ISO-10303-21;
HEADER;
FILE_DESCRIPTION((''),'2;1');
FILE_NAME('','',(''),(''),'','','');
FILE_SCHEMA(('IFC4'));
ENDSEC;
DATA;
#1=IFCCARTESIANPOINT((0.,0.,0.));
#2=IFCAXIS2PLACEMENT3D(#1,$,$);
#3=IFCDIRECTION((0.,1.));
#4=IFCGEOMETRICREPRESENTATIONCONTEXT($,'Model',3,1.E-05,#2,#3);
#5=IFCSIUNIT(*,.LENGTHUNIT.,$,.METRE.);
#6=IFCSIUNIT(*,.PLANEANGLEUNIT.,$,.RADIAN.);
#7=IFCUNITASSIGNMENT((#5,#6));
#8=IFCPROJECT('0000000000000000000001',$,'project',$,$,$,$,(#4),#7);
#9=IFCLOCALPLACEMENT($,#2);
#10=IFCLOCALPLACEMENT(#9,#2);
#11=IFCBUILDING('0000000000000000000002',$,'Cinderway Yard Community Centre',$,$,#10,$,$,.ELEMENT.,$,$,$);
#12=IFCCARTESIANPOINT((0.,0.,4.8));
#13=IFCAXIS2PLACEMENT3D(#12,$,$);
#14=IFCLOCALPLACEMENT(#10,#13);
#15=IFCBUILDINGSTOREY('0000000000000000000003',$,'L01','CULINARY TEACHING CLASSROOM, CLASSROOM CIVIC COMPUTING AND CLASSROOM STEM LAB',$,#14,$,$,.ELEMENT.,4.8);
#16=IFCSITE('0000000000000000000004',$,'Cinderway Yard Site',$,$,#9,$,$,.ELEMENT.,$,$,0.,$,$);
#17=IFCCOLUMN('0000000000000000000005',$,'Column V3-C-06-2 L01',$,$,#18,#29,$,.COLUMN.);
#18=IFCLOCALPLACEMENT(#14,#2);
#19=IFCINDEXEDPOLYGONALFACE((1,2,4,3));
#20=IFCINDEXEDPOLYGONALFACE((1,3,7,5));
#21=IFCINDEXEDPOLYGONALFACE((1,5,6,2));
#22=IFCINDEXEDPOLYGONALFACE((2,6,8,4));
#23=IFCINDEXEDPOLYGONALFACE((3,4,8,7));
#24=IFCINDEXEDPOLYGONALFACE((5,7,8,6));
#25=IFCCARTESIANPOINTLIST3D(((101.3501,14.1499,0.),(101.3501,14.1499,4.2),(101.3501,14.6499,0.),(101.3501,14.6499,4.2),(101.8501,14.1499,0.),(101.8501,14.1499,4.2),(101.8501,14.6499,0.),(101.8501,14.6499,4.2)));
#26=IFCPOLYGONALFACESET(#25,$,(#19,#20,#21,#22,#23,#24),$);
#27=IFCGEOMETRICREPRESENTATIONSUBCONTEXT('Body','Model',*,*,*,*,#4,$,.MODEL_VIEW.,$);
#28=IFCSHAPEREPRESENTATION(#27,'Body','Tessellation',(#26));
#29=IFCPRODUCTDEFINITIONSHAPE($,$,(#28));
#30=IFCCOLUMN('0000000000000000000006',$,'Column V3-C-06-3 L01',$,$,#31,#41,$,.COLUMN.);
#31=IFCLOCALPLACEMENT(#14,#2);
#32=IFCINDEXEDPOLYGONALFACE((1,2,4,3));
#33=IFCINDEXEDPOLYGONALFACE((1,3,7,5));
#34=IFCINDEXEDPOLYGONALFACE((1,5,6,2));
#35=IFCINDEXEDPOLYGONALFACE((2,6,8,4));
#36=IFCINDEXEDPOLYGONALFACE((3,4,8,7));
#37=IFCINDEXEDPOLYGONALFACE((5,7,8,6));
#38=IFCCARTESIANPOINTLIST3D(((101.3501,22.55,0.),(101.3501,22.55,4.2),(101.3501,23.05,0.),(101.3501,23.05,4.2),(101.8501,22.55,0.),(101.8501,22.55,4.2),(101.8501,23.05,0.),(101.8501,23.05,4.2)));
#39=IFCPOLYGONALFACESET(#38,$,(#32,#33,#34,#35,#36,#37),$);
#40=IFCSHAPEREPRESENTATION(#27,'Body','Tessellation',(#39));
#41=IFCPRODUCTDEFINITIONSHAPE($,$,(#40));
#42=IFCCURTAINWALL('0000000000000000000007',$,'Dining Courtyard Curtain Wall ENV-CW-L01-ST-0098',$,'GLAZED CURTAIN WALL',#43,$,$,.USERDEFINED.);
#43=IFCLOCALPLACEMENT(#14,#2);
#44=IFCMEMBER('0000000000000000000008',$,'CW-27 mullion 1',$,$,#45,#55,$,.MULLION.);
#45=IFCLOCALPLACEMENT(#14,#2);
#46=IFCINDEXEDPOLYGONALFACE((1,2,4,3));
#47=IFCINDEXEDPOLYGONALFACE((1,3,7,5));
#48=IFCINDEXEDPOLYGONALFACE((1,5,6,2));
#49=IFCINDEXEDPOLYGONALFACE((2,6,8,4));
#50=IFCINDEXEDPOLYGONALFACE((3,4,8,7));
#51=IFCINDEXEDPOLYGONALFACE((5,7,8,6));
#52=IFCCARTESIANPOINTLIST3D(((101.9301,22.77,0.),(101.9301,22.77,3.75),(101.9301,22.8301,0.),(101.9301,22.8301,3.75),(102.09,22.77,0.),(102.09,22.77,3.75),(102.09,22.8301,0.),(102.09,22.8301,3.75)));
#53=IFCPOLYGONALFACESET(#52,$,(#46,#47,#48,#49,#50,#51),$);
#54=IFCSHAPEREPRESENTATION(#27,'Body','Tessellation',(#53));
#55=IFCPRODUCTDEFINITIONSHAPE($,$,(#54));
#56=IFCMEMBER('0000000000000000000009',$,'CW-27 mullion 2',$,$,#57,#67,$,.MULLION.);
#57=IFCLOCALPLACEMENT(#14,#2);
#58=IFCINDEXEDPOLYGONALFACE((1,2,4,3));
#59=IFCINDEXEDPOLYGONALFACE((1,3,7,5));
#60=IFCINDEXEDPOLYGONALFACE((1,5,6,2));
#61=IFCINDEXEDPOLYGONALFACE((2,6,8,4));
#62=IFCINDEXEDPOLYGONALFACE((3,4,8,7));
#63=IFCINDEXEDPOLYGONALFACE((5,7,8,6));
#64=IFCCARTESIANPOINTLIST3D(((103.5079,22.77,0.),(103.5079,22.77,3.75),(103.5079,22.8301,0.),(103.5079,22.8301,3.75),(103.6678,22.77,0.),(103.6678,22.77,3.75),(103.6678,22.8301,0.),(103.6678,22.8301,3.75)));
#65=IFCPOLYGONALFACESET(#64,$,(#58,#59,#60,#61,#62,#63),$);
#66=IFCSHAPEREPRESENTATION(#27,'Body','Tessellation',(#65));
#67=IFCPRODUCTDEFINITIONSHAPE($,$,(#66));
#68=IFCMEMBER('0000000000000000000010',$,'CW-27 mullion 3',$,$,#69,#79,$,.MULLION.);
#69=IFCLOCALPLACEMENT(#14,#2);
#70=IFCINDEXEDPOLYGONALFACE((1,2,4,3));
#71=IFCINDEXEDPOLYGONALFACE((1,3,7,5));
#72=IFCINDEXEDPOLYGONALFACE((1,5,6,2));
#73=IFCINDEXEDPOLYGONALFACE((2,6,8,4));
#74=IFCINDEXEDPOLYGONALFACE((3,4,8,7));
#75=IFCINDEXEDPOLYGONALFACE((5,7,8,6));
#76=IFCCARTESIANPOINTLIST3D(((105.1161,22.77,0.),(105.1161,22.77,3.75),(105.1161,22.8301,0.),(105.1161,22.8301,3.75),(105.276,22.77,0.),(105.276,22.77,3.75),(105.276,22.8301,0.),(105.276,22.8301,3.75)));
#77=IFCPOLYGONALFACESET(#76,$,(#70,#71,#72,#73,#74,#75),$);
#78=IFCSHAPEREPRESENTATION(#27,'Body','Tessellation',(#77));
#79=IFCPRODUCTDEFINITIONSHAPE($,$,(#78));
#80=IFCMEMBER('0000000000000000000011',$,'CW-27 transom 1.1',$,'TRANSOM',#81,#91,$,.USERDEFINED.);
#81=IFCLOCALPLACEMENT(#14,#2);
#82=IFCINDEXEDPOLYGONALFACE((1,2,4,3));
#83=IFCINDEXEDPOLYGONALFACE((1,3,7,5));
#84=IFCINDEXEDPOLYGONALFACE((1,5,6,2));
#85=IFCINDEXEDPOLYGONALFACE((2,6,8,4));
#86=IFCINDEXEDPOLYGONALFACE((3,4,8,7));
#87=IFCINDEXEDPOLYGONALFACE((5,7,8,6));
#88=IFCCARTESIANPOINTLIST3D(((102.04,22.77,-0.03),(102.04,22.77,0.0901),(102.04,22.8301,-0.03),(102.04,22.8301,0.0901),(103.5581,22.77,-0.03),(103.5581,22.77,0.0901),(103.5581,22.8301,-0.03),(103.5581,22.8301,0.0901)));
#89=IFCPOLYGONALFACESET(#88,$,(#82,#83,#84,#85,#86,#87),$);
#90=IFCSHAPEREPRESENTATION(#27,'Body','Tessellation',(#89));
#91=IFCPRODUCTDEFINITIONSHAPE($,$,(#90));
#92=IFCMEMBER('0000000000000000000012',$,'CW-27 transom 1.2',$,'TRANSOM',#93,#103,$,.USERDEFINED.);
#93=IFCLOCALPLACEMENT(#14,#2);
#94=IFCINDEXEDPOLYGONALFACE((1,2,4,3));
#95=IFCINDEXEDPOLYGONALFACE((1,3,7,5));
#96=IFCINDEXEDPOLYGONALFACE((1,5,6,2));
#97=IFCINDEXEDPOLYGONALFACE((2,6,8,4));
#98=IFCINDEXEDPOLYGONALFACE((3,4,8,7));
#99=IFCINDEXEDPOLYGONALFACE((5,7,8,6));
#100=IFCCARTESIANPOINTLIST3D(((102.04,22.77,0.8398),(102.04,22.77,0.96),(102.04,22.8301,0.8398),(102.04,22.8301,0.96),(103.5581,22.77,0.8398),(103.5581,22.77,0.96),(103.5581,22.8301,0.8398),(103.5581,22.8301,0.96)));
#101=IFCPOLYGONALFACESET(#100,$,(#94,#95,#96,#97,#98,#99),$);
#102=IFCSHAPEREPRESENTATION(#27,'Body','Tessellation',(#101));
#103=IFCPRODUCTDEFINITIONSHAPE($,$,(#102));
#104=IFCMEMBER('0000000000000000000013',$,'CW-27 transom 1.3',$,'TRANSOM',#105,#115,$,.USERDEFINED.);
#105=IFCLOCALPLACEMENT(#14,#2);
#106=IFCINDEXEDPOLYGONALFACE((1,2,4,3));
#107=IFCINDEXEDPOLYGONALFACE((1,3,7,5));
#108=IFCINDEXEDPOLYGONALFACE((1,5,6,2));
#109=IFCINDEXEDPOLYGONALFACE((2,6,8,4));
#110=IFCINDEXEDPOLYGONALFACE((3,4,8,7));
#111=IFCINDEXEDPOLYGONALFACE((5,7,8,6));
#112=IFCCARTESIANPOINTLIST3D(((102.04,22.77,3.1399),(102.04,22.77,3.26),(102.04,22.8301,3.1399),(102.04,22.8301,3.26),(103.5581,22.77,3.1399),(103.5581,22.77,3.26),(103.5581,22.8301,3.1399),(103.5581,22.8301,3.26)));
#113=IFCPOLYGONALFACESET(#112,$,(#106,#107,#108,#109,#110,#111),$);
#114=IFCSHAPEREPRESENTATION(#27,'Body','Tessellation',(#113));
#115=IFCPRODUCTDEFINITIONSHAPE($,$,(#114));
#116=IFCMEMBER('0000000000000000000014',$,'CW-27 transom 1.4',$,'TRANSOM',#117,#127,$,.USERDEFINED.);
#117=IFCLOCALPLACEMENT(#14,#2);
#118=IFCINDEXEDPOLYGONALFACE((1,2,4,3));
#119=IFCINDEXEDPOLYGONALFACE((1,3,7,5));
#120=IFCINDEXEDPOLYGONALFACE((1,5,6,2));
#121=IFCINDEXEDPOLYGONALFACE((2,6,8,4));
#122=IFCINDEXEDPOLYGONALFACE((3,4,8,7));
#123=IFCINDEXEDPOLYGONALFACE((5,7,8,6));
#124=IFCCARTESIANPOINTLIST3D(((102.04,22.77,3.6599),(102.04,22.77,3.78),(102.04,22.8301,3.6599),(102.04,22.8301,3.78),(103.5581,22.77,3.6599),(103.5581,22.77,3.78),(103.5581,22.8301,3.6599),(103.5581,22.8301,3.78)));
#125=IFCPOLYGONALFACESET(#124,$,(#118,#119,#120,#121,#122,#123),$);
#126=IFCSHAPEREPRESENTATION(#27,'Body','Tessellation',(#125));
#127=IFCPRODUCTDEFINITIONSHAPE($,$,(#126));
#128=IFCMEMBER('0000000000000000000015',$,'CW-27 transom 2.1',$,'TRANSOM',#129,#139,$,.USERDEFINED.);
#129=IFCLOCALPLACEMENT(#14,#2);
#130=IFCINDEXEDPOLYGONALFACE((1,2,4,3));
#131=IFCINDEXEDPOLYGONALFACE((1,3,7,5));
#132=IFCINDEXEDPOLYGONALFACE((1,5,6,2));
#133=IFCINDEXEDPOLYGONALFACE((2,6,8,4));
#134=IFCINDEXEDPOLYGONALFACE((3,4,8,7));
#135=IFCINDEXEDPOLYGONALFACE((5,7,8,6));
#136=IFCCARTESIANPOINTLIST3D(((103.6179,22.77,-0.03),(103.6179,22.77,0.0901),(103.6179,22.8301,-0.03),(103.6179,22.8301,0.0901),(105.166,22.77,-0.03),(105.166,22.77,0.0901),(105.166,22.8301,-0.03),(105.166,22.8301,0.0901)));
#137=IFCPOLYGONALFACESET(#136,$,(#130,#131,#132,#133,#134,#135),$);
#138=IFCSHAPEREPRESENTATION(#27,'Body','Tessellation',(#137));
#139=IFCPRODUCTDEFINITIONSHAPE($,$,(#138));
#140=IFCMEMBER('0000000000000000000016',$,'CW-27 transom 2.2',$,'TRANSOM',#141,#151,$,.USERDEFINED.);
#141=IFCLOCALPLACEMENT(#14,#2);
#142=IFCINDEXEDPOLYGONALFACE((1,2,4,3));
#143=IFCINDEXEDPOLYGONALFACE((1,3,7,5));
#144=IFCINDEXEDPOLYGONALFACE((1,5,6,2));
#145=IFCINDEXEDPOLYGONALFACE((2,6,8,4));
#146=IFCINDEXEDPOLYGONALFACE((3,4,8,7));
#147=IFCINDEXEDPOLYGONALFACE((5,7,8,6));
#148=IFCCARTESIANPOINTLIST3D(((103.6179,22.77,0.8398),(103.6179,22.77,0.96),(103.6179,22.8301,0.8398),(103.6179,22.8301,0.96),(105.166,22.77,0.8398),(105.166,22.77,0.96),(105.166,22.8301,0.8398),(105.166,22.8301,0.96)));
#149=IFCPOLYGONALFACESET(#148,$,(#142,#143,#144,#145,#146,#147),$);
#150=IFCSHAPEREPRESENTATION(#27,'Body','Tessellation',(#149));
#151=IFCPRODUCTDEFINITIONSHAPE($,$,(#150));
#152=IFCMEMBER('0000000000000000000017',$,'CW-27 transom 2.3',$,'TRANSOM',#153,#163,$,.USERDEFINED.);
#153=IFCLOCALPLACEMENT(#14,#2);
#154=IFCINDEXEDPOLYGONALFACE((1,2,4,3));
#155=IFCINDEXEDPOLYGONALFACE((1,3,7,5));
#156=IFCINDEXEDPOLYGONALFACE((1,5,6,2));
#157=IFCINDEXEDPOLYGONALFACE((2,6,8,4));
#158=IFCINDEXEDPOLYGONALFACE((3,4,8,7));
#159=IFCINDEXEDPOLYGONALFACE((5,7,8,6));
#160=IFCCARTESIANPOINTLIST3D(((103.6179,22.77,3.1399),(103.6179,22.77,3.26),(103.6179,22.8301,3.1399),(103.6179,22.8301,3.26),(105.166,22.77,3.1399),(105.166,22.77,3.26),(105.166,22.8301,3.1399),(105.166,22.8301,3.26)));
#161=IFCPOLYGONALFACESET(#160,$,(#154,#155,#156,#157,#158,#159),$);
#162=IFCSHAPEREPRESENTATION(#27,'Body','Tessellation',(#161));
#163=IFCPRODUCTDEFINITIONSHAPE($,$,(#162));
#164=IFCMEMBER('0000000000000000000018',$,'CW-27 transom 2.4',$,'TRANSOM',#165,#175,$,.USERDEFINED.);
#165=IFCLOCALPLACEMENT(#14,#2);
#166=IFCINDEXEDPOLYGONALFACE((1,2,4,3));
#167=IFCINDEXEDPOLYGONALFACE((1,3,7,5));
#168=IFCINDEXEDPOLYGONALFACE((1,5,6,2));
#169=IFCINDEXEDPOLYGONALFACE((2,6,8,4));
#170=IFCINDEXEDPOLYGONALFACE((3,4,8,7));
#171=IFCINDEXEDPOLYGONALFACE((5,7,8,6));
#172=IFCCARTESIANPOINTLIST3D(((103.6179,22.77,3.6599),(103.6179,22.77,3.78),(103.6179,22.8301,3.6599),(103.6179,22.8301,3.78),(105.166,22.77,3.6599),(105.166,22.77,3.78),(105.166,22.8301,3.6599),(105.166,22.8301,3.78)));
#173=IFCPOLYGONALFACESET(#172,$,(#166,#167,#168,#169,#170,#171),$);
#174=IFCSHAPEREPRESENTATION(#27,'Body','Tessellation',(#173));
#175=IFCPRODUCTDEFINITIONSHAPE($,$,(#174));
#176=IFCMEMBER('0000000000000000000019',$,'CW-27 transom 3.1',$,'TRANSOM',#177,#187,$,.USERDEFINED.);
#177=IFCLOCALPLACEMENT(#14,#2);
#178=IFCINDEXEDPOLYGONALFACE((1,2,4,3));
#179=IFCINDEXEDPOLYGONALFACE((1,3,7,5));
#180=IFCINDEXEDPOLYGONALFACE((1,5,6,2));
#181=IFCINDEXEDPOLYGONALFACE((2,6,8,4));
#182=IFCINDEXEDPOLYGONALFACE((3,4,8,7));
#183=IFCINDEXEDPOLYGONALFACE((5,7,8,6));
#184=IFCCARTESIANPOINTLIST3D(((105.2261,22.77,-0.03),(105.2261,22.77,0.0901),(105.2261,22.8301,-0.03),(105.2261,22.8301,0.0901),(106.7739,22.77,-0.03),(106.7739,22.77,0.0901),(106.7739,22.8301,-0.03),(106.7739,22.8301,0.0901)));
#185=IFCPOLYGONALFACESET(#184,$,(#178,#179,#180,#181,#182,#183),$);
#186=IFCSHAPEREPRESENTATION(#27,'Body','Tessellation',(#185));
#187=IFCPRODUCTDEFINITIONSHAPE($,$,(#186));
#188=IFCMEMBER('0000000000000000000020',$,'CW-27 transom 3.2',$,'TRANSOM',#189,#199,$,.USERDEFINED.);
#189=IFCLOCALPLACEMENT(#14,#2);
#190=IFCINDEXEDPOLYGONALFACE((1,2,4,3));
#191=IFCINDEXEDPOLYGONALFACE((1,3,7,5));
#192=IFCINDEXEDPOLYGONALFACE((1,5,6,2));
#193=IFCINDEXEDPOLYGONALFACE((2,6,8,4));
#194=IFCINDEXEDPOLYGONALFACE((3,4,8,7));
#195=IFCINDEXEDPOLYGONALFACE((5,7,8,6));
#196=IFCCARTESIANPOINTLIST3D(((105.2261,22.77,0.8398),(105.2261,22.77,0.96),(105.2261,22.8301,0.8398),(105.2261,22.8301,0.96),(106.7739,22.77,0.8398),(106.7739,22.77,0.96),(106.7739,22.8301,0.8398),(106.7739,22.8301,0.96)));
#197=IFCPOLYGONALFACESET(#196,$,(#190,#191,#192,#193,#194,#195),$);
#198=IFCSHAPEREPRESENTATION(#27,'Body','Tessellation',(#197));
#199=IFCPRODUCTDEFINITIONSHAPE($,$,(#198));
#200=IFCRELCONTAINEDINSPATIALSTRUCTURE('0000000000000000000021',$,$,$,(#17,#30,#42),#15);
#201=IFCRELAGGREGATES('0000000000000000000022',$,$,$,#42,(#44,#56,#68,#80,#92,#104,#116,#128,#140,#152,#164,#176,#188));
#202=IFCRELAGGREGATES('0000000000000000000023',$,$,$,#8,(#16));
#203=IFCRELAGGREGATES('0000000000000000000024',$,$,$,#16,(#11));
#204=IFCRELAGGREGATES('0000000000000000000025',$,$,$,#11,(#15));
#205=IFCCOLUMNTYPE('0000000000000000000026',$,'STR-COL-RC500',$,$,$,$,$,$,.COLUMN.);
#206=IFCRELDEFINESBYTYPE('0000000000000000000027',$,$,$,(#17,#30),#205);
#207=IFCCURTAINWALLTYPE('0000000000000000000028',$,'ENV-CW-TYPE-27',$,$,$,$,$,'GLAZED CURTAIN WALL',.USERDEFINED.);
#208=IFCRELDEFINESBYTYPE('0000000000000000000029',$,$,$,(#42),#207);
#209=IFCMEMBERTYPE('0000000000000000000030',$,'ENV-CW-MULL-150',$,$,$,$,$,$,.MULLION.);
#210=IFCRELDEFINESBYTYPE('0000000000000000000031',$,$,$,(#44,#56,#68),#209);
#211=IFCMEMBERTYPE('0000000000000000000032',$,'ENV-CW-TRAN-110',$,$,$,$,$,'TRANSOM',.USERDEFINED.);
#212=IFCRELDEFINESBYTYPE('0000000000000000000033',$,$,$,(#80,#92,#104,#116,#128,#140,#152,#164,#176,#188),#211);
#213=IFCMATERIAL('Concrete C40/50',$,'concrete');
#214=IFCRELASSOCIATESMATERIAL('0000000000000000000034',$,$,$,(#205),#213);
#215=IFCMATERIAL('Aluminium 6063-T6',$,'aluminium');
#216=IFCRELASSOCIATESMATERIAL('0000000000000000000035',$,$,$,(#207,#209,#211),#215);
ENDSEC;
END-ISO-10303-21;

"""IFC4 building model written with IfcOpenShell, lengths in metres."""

from ifc_helpers import new_model, si_unit, direction, frame, origin, origin_2d, place, context, subcontext, project, spatial, rectangle, extrude, material, material_profile, profile_set, type_object, element, aggregate, save


model = new_model("IFC4")

# Units and contexts
model_context = context("Model", 3, precision=1e-05, world=origin(), true_north=direction((0.0, 1.0)))
body_context = subcontext(model_context, "Body", "Model", "MODEL_VIEW")
ifc_project = project(units=[si_unit("LENGTHUNIT", "METRE"), si_unit("PLANEANGLEUNIT", "RADIAN")], contexts=[model_context])

# Site, building, storey
site_placement = place(None, origin())
site = spatial("IfcSite", under=ifc_project, at=site_placement, Name="Cinderway Yard Site", CompositionType="ELEMENT", RefElevation=0.0)
building_placement = place(site_placement, origin())
building = spatial("IfcBuilding", under=site, at=building_placement, Name="Cinderway Yard Community Centre", CompositionType="ELEMENT")
storey_placement = place(building_placement, frame((0.0, 0.0, 4.8)))
storey = spatial("IfcBuildingStorey", under=building, at=storey_placement, Name="L01", Description="CULINARY TEACHING CLASSROOM, CLASSROOM CIVIC COMPUTING AND CLASSROOM STEM LAB", CompositionType="ELEMENT", Elevation=4.8)

# Columns
ifc_material_1 = material(Name="Concrete C40/50", Category="concrete")
ifc_material_profile_1 = material_profile(ifc_material_1, rectangle(XDim=0.5, YDim=0.5, at=origin_2d()), Name="Concrete C40/50")
ifc_profile_set_1 = profile_set([ifc_material_profile_1], Name="Concrete C40/50")
column_type = type_object("IfcColumnType", Name="STR-COL-RC500", PredefinedType="COLUMN", material=ifc_profile_set_1)
for number, where, z_axis, x_axis, name in (
    (1, (101.6001, 14.3999, 0.0), (0.0, 0.0, 1.0), (1.0, 0.0, 0.0), "Column V3-C-06-2 L01"),
    (2, (101.6001, 22.8, 0.0), (0.0, 0.0, 1.0), (1.0, 0.0, 0.0), "Column V3-C-06-3 L01"),
):
    element("IfcColumn", number, at=place(storey_placement, frame(where, z_axis=z_axis, x_axis=x_axis)), inside=storey, type_object=column_type, Name=name, PredefinedType="COLUMN", context=body_context, shape_type="SweptSolid", body=[
        extrude(rectangle(XDim=0.5, YDim=0.5, at=origin_2d()), origin(), (0.0, 0.0, 1.0), 4.2),
    ])

# Curtain wall, members
ifc_material_2 = material(Name="Aluminium 6063-T6", Category="aluminium")
curtain_wall_type = type_object("IfcCurtainWallType", Name="ENV-CW-TYPE-27", ElementType="GLAZED CURTAIN WALL", PredefinedType="USERDEFINED", material=ifc_material_2)
curtain_wall_placement = place(storey_placement, origin())
curtain_wall = element("IfcCurtainWall", 3, at=curtain_wall_placement, inside=storey, type_object=curtain_wall_type, Name="Dining Courtyard Curtain Wall ENV-CW-L01-ST-0098", ObjectType="GLAZED CURTAIN WALL", PredefinedType="USERDEFINED")
ifc_material_profile_2 = material_profile(ifc_material_2, rectangle(XDim=0.0601, YDim=0.1599, at=origin_2d()), Name="Aluminium 6063-T6")
ifc_profile_set_2 = profile_set([ifc_material_profile_2], Name="Aluminium 6063-T6")
member_type_1 = type_object("IfcMemberType", Name="ENV-CW-MULL-150", PredefinedType="MULLION", material=ifc_profile_set_2)
member_1_placement = place(storey_placement, frame((102.01, 22.8, 0.0), z_axis=(0.0, 0.0, 1.0), x_axis=(0.0, 1.0, 0.0)))
member_1 = element("IfcMember", 4, at=member_1_placement, type_object=member_type_1, Name="CW-27 mullion 1", PredefinedType="MULLION", context=body_context, shape_type="SweptSolid", body=[
    extrude(rectangle(XDim=0.0601, YDim=0.1599, at=origin_2d()), origin(), (0.0, 0.0, 1.0), 3.75),
])
member_2_placement = place(storey_placement, frame((103.5879, 22.8, 0.0), z_axis=(0.0, 0.0, 1.0), x_axis=(0.0, 1.0, 0.0)))
member_2 = element("IfcMember", 5, at=member_2_placement, type_object=member_type_1, Name="CW-27 mullion 2", PredefinedType="MULLION", context=body_context, shape_type="SweptSolid", body=[
    extrude(rectangle(XDim=0.0601, YDim=0.1599, at=origin_2d()), origin(), (0.0, 0.0, 1.0), 3.75),
])
member_3_placement = place(storey_placement, frame((105.196, 22.8, 0.0), z_axis=(0.0, 0.0, 1.0), x_axis=(0.0, 1.0, 0.0)))
member_3 = element("IfcMember", 6, at=member_3_placement, type_object=member_type_1, Name="CW-27 mullion 3", PredefinedType="MULLION", context=body_context, shape_type="SweptSolid", body=[
    extrude(rectangle(XDim=0.0601, YDim=0.1599, at=origin_2d()), origin(), (0.0, 0.0, 1.0), 3.75),
])
ifc_material_profile_3 = material_profile(ifc_material_2, rectangle(XDim=0.0601, YDim=0.1201, at=origin_2d()), Name="Aluminium 6063-T6")
ifc_profile_set_3 = profile_set([ifc_material_profile_3], Name="Aluminium 6063-T6")
member_type_2 = type_object("IfcMemberType", Name="ENV-CW-TRAN-110", ElementType="TRANSOM", PredefinedType="USERDEFINED", material=ifc_profile_set_3)
member_4_placement = place(storey_placement, frame((102.04, 22.8, 0.03), z_axis=(1.0, 0.0, 0.0), x_axis=(0.0, 1.0, 0.0)))
member_4 = element("IfcMember", 7, at=member_4_placement, type_object=member_type_2, Name="CW-27 transom 1.1", ObjectType="TRANSOM", PredefinedType="USERDEFINED", context=body_context, shape_type="SweptSolid", body=[
    extrude(rectangle(XDim=0.0601, YDim=0.1201, at=origin_2d()), origin(), (0.0, 0.0, 1.0), 1.5181),
])
member_5_placement = place(storey_placement, frame((102.04, 22.8, 0.8999), z_axis=(1.0, 0.0, 0.0), x_axis=(0.0, 1.0, 0.0)))
member_5 = element("IfcMember", 8, at=member_5_placement, type_object=member_type_2, Name="CW-27 transom 1.2", ObjectType="TRANSOM", PredefinedType="USERDEFINED", context=body_context, shape_type="SweptSolid", body=[
    extrude(rectangle(XDim=0.0601, YDim=0.1201, at=origin_2d()), origin(), (0.0, 0.0, 1.0), 1.5181),
])
member_6_placement = place(storey_placement, frame((102.04, 22.8, 3.2), z_axis=(1.0, 0.0, 0.0), x_axis=(0.0, 1.0, 0.0)))
member_6 = element("IfcMember", 9, at=member_6_placement, type_object=member_type_2, Name="CW-27 transom 1.3", ObjectType="TRANSOM", PredefinedType="USERDEFINED", context=body_context, shape_type="SweptSolid", body=[
    extrude(rectangle(XDim=0.0601, YDim=0.1201, at=origin_2d()), origin(), (0.0, 0.0, 1.0), 1.5181),
])
member_7_placement = place(storey_placement, frame((102.04, 22.8, 3.72), z_axis=(1.0, 0.0, 0.0), x_axis=(0.0, 1.0, 0.0)))
member_7 = element("IfcMember", 10, at=member_7_placement, type_object=member_type_2, Name="CW-27 transom 1.4", ObjectType="TRANSOM", PredefinedType="USERDEFINED", context=body_context, shape_type="SweptSolid", body=[
    extrude(rectangle(XDim=0.0601, YDim=0.1201, at=origin_2d()), origin(), (0.0, 0.0, 1.0), 1.5181),
])
member_8_placement = place(storey_placement, frame((103.6179, 22.8, 0.03), z_axis=(1.0, 0.0, 0.0), x_axis=(0.0, 1.0, 0.0)))
member_8 = element("IfcMember", 11, at=member_8_placement, type_object=member_type_2, Name="CW-27 transom 2.1", ObjectType="TRANSOM", PredefinedType="USERDEFINED", context=body_context, shape_type="SweptSolid", body=[
    extrude(rectangle(XDim=0.0601, YDim=0.1201, at=origin_2d()), origin(), (0.0, 0.0, 1.0), 1.5481),
])
member_9_placement = place(storey_placement, frame((103.6179, 22.8, 0.8999), z_axis=(1.0, 0.0, 0.0), x_axis=(0.0, 1.0, 0.0)))
member_9 = element("IfcMember", 12, at=member_9_placement, type_object=member_type_2, Name="CW-27 transom 2.2", ObjectType="TRANSOM", PredefinedType="USERDEFINED", context=body_context, shape_type="SweptSolid", body=[
    extrude(rectangle(XDim=0.0601, YDim=0.1201, at=origin_2d()), origin(), (0.0, 0.0, 1.0), 1.5481),
])
member_10_placement = place(storey_placement, frame((103.6179, 22.8, 3.2), z_axis=(1.0, 0.0, 0.0), x_axis=(0.0, 1.0, 0.0)))
member_10 = element("IfcMember", 13, at=member_10_placement, type_object=member_type_2, Name="CW-27 transom 2.3", ObjectType="TRANSOM", PredefinedType="USERDEFINED", context=body_context, shape_type="SweptSolid", body=[
    extrude(rectangle(XDim=0.0601, YDim=0.1201, at=origin_2d()), origin(), (0.0, 0.0, 1.0), 1.5481),
])
member_11_placement = place(storey_placement, frame((103.6179, 22.8, 3.72), z_axis=(1.0, 0.0, 0.0), x_axis=(0.0, 1.0, 0.0)))
member_11 = element("IfcMember", 14, at=member_11_placement, type_object=member_type_2, Name="CW-27 transom 2.4", ObjectType="TRANSOM", PredefinedType="USERDEFINED", context=body_context, shape_type="SweptSolid", body=[
    extrude(rectangle(XDim=0.0601, YDim=0.1201, at=origin_2d()), origin(), (0.0, 0.0, 1.0), 1.5481),
])
member_12_placement = place(storey_placement, frame((105.2261, 22.8, 0.03), z_axis=(1.0, 0.0, 0.0), x_axis=(0.0, 1.0, 0.0)))
member_12 = element("IfcMember", 15, at=member_12_placement, type_object=member_type_2, Name="CW-27 transom 3.1", ObjectType="TRANSOM", PredefinedType="USERDEFINED", context=body_context, shape_type="SweptSolid", body=[
    extrude(rectangle(XDim=0.0601, YDim=0.1201, at=origin_2d()), origin(), (0.0, 0.0, 1.0), 1.5479),
])
member_13_placement = place(storey_placement, frame((105.2261, 22.8, 0.8999), z_axis=(1.0, 0.0, 0.0), x_axis=(0.0, 1.0, 0.0)))
member_13 = element("IfcMember", 16, at=member_13_placement, type_object=member_type_2, Name="CW-27 transom 3.2", ObjectType="TRANSOM", PredefinedType="USERDEFINED", context=body_context, shape_type="SweptSolid", body=[
    extrude(rectangle(XDim=0.0601, YDim=0.1201, at=origin_2d()), origin(), (0.0, 0.0, 1.0), 1.5479),
])

aggregate(curtain_wall, [member_1, member_2, member_3, member_4, member_5, member_6, member_7, member_8, member_9, member_10, member_11, member_12, member_13])

save(model, "model.ifc")
